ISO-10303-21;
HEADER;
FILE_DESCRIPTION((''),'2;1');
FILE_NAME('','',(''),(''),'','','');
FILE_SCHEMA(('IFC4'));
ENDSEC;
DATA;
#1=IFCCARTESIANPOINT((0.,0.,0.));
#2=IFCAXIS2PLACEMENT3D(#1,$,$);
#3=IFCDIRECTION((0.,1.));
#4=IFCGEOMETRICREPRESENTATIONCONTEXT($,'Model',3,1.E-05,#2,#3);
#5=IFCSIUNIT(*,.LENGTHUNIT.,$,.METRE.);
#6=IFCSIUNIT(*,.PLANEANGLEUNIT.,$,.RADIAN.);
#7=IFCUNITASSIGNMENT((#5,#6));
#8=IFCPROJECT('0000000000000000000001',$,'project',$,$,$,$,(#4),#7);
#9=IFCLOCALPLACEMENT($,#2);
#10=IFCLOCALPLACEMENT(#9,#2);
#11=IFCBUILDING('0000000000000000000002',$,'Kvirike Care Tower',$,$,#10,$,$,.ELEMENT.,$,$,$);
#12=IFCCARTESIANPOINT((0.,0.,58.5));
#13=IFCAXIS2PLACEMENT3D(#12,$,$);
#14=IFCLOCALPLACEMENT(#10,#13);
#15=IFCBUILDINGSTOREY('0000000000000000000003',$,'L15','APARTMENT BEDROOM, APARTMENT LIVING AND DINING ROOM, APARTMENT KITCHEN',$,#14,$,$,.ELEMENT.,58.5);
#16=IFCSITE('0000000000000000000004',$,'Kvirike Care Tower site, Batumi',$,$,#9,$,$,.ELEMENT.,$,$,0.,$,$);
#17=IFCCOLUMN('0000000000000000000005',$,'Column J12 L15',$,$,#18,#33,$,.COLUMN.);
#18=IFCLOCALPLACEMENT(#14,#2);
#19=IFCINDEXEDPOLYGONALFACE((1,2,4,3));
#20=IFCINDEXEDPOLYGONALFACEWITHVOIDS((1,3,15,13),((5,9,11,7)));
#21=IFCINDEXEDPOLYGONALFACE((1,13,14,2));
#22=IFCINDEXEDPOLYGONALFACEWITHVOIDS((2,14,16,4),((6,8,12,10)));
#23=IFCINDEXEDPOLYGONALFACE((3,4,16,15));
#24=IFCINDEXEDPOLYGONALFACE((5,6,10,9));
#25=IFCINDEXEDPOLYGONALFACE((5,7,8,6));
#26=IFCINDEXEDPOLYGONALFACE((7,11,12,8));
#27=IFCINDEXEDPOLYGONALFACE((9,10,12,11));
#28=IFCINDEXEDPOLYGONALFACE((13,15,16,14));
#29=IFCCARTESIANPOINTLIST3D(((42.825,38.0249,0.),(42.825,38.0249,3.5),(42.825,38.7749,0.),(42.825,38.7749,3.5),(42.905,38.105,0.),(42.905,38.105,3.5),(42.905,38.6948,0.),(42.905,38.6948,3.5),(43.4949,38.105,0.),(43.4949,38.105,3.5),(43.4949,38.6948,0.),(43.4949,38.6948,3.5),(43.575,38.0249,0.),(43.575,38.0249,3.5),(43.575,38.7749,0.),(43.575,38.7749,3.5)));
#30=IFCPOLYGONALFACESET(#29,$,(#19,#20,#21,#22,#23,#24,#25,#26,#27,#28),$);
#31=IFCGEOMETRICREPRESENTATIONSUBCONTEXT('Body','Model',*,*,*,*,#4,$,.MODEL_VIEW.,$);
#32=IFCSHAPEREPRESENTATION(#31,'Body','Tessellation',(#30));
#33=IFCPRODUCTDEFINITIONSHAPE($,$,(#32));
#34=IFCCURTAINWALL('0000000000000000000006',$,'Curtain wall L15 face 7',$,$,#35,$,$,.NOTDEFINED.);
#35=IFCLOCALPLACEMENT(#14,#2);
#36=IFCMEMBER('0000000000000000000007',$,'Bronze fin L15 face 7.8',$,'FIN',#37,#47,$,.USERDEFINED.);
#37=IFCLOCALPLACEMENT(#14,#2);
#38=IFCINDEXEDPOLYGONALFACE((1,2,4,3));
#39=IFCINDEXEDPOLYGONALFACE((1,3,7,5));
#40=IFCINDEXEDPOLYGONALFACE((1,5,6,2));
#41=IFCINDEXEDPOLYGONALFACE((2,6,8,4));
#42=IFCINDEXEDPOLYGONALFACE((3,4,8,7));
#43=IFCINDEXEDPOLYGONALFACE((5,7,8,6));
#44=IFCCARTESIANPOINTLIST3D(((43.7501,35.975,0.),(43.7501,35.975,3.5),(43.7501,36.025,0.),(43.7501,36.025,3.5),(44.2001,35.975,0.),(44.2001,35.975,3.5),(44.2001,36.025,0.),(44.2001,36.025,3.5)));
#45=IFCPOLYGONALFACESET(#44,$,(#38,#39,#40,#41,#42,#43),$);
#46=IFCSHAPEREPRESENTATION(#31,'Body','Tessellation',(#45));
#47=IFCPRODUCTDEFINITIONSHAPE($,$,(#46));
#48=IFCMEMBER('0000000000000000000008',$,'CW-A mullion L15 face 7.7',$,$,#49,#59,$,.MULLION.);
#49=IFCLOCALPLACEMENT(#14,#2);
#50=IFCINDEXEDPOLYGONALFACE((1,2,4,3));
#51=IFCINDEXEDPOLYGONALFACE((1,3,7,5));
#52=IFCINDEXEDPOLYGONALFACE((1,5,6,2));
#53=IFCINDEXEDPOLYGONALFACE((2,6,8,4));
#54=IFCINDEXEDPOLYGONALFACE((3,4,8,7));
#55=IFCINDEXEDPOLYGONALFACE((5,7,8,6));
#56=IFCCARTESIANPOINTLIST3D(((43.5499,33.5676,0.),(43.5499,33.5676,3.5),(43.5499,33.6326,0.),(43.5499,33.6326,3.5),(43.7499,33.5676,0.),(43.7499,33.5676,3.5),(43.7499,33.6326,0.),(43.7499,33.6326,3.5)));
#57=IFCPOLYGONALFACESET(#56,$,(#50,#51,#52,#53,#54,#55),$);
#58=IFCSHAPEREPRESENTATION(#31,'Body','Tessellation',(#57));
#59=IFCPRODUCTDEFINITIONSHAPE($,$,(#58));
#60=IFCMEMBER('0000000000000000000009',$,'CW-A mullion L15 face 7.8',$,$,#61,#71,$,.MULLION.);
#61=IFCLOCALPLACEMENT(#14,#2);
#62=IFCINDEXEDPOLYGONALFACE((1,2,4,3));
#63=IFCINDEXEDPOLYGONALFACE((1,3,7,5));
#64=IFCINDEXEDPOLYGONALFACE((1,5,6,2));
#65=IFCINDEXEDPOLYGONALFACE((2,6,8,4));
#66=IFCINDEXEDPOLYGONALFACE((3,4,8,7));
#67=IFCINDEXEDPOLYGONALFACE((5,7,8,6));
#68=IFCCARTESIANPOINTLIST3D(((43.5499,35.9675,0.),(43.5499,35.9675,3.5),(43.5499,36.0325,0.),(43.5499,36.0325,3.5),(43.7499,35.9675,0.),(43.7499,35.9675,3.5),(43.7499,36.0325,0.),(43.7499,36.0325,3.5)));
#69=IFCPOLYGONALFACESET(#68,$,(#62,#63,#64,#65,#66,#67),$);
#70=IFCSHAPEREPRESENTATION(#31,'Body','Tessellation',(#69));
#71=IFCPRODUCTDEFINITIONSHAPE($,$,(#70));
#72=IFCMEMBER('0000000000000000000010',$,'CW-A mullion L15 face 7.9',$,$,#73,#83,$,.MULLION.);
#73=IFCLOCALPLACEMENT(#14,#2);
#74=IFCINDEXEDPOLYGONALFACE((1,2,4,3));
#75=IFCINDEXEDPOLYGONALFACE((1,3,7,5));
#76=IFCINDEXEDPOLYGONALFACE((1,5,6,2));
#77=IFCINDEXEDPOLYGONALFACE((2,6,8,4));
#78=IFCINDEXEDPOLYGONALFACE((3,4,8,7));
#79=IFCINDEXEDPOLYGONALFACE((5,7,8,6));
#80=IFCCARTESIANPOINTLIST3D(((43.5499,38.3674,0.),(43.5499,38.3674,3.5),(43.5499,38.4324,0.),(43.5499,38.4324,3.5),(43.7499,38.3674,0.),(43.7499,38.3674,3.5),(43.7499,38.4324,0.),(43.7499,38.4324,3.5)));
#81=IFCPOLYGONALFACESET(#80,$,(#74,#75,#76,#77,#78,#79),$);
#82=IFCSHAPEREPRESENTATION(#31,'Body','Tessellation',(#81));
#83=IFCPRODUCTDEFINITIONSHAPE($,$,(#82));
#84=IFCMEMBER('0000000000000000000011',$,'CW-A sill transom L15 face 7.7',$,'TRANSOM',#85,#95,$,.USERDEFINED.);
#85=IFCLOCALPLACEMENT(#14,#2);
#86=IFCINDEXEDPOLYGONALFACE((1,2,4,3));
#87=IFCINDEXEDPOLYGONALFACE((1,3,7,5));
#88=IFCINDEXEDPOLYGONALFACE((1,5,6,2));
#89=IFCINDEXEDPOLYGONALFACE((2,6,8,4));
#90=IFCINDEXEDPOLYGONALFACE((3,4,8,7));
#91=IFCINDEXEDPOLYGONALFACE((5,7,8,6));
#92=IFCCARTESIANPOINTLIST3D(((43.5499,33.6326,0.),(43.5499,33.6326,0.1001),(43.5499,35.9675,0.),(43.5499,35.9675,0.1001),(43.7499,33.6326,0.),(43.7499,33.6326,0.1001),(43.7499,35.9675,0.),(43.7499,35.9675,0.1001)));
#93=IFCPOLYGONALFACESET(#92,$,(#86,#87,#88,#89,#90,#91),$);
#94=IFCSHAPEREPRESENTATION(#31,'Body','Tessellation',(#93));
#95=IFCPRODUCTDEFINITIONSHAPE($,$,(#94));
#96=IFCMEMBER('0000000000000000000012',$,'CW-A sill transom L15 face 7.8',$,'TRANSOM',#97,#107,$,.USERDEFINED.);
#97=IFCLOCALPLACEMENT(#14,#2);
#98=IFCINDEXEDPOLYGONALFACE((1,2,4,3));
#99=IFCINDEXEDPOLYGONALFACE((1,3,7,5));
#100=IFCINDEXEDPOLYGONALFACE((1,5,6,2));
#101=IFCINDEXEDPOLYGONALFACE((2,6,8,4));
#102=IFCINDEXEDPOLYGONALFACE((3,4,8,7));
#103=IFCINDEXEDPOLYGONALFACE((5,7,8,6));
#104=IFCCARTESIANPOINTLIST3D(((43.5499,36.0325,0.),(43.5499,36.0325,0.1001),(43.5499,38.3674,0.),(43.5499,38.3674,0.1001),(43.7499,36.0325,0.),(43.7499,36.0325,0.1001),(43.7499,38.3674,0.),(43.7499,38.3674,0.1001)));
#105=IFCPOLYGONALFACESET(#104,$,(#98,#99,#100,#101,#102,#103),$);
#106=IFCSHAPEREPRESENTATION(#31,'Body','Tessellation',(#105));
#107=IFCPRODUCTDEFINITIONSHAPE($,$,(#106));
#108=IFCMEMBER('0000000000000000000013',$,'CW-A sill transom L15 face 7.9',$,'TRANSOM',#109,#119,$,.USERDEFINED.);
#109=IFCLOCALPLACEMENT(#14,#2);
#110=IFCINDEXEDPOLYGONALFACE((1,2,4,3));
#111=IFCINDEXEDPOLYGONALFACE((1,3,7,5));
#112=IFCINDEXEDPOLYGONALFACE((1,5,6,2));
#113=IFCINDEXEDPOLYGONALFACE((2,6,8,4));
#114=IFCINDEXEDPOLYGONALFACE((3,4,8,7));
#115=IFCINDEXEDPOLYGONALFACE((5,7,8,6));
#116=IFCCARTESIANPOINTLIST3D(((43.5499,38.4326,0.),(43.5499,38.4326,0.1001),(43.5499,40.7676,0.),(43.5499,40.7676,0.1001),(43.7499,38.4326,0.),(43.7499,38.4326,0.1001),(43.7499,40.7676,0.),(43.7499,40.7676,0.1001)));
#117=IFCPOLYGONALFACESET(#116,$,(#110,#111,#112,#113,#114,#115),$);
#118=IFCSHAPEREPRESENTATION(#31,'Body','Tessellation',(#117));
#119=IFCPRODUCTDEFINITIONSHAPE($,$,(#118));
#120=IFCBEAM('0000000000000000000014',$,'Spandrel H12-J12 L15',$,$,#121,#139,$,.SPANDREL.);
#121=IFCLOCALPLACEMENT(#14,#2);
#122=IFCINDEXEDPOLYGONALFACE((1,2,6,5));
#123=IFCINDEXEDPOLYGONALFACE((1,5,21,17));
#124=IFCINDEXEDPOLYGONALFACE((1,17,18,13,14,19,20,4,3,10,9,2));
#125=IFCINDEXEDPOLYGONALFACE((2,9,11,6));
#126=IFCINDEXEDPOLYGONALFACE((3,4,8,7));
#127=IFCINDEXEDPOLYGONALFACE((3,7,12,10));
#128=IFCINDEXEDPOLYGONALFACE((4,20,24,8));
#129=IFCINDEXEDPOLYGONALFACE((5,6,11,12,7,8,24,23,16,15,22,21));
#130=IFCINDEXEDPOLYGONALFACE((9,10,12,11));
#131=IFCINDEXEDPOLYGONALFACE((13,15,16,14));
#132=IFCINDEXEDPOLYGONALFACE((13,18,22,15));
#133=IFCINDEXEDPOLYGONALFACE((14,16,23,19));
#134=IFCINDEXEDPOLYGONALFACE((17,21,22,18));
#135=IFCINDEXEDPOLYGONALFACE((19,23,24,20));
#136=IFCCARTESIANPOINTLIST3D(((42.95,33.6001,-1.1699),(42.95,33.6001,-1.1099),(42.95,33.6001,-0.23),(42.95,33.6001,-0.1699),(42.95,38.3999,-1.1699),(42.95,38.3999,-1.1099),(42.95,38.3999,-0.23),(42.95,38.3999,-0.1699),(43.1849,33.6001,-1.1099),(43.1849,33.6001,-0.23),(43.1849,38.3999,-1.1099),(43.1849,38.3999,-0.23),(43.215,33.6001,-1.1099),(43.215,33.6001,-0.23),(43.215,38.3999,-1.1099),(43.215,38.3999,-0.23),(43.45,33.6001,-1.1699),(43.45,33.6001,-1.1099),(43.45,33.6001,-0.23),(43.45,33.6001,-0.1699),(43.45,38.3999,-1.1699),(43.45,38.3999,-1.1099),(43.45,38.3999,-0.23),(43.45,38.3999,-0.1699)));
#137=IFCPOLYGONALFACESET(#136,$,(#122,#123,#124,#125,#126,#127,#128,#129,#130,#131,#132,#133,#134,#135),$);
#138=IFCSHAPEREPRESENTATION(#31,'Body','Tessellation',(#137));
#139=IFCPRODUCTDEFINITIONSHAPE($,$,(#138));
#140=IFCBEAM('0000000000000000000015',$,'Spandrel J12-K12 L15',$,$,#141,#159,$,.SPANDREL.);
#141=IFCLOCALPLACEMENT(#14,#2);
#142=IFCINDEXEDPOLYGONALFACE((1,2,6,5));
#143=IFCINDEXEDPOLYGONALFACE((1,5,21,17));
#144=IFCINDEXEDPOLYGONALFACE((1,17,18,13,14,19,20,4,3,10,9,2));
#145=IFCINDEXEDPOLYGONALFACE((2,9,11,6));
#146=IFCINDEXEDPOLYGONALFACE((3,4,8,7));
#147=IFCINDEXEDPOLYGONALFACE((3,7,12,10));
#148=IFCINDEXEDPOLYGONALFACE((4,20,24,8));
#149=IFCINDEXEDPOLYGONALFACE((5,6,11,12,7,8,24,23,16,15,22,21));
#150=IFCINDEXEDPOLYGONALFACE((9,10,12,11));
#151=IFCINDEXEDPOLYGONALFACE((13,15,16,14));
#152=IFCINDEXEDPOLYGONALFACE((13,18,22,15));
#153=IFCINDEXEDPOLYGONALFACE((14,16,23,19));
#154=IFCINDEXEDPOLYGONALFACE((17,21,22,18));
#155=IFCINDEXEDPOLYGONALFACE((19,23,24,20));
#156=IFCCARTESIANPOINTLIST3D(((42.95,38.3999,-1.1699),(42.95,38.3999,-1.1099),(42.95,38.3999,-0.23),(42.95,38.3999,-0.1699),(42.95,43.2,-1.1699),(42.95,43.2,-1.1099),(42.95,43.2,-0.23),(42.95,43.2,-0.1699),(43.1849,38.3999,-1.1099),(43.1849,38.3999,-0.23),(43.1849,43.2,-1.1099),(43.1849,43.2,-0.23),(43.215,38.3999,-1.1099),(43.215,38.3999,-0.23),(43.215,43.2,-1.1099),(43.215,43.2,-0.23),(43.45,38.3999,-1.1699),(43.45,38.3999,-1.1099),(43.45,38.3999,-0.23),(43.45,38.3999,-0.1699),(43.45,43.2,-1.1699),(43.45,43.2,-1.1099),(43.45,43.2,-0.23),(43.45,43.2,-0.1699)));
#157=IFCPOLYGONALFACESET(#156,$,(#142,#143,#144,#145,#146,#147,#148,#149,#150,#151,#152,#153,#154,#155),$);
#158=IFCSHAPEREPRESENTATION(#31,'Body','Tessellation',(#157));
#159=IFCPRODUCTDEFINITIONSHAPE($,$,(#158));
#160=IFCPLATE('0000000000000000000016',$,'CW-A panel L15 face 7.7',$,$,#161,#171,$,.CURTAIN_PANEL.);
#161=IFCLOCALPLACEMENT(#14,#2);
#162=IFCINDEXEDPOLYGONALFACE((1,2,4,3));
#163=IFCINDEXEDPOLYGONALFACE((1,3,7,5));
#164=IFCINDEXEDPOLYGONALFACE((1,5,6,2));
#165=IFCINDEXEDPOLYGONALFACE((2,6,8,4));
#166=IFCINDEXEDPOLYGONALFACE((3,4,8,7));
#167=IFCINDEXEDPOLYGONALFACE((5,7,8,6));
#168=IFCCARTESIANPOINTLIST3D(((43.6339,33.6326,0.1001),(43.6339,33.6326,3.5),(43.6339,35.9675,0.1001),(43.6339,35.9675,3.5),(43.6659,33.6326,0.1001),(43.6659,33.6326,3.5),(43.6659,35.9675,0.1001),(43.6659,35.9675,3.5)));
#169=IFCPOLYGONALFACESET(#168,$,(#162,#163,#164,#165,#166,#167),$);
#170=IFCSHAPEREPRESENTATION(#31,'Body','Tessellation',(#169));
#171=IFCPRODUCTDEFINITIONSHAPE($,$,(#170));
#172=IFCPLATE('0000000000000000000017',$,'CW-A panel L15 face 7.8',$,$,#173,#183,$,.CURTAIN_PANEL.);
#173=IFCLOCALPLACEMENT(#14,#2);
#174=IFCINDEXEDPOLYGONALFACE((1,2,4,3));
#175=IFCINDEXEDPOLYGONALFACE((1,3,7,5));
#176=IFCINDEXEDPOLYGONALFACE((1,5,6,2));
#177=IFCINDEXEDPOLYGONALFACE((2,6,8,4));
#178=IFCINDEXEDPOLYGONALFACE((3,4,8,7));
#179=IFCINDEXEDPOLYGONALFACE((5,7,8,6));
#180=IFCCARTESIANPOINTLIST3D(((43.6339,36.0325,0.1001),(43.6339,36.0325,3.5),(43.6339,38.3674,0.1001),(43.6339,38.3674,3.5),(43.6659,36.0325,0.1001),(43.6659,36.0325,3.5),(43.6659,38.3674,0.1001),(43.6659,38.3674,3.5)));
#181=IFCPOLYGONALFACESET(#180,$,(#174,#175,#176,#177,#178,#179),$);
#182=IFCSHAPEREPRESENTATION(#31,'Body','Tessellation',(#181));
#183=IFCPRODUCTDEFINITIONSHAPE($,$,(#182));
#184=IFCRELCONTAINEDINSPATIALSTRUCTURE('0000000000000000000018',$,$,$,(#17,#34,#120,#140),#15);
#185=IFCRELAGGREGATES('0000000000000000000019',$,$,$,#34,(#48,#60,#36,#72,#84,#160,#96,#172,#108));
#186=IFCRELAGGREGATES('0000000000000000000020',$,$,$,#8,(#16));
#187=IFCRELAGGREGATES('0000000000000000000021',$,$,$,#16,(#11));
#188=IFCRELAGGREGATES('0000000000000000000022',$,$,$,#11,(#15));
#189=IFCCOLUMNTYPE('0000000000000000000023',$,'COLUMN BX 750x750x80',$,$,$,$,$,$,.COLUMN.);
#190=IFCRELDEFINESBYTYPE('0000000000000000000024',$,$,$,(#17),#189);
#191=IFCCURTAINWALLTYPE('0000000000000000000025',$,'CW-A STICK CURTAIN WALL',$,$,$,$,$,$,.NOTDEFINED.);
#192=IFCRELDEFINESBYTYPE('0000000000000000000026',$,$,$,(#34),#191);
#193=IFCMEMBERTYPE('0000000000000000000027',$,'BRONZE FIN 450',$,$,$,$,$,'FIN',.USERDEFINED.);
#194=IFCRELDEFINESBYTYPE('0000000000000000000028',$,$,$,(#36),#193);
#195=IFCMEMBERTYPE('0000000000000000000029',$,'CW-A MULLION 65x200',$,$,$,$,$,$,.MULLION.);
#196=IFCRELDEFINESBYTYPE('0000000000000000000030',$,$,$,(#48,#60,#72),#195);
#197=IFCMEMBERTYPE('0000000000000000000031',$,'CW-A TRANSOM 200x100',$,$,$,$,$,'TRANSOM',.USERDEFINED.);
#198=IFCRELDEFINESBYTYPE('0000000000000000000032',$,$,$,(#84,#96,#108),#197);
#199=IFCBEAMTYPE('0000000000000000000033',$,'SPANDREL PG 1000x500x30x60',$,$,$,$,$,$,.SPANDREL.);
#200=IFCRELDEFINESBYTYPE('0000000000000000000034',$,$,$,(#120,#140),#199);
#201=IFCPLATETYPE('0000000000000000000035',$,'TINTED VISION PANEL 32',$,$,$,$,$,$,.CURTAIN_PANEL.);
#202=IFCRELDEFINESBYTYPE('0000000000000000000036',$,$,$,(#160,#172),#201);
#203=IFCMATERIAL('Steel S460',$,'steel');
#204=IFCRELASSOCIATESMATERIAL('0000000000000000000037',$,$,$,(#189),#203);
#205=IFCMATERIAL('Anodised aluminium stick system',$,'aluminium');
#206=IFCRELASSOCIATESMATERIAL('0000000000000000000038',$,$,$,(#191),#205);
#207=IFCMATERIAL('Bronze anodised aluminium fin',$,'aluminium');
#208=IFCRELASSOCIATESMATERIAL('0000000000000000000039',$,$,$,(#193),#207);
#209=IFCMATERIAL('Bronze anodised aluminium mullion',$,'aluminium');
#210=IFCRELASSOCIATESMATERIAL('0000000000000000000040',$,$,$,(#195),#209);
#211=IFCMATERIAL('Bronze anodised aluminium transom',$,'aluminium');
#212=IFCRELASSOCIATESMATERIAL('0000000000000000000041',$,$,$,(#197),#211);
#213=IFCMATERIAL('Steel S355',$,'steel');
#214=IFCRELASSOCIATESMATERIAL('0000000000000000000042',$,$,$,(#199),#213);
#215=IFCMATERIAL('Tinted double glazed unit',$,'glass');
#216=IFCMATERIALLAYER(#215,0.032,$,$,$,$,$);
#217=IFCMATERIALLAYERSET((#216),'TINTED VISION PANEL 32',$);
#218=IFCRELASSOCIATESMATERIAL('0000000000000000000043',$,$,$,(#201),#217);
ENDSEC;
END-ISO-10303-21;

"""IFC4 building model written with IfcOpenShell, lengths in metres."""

from ifc_helpers import new_model, si_unit, direction, frame, origin, origin_2d, place, context, subcontext, project, spatial, rectangle, hollow_rectangle, i_section, extrude, material, layer, layer_set, material_profile, profile_set, type_object, element, aggregate, save


model = new_model("IFC4")

# Units and contexts
model_context = context("Model", 3, precision=1e-05, world=origin(), true_north=direction((0.0, 1.0)))
body_context = subcontext(model_context, "Body", "Model", "MODEL_VIEW")
ifc_project = project(units=[si_unit("LENGTHUNIT", "METRE"), si_unit("PLANEANGLEUNIT", "RADIAN")], contexts=[model_context])

# Site, building, storey
site_placement = place(None, origin())
site = spatial("IfcSite", under=ifc_project, at=site_placement, Name="Kvirike Care Tower site, Batumi", CompositionType="ELEMENT", RefElevation=0.0)
building_placement = place(site_placement, origin())
building = spatial("IfcBuilding", under=site, at=building_placement, Name="Kvirike Care Tower", CompositionType="ELEMENT")
storey_placement = place(building_placement, frame((0.0, 0.0, 58.5)))
storey = spatial("IfcBuildingStorey", under=building, at=storey_placement, Name="L15", Description="APARTMENT BEDROOM, APARTMENT LIVING AND DINING ROOM, APARTMENT KITCHEN", CompositionType="ELEMENT", Elevation=58.5)

# Column
ifc_material_1 = material(Name="Steel S460", Category="steel")
ifc_material_profile_1 = material_profile(ifc_material_1, hollow_rectangle(XDim=0.75, YDim=0.75, WallThickness=0.0801, at=origin_2d()), Name="BX 750x750x80")
ifc_profile_set_1 = profile_set([ifc_material_profile_1], Name="Steel S460")
column_type = type_object("IfcColumnType", Name="COLUMN BX 750x750x80", PredefinedType="COLUMN", material=ifc_profile_set_1)
column_placement = place(storey_placement, frame((43.2, 38.3999, 0.0), z_axis=(0.0, 0.0, 1.0), x_axis=(1.0, 0.0, 0.0)))
element("IfcColumn", 1, at=column_placement, inside=storey, type_object=column_type, Name="Column J12 L15", PredefinedType="COLUMN", context=body_context, shape_type="SweptSolid", body=[
    extrude(hollow_rectangle(XDim=0.75, YDim=0.75, WallThickness=0.0801, at=origin_2d()), origin(), (0.0, 0.0, 1.0), 3.5),
])

# Curtain wall, members
ifc_material_2 = material(Name="Anodised aluminium stick system", Category="aluminium")
curtain_wall_type = type_object("IfcCurtainWallType", Name="CW-A STICK CURTAIN WALL", PredefinedType="NOTDEFINED", material=ifc_material_2)
curtain_wall_placement = place(storey_placement, origin())
curtain_wall = element("IfcCurtainWall", 2, at=curtain_wall_placement, inside=storey, type_object=curtain_wall_type, Name="Curtain wall L15 face 7", PredefinedType="NOTDEFINED")
ifc_material_3 = material(Name="Bronze anodised aluminium fin", Category="aluminium")
ifc_material_profile_2 = material_profile(ifc_material_3, rectangle(XDim=0.05, YDim=0.45, at=origin_2d()), Name="BRONZE FIN 450")
ifc_profile_set_2 = profile_set([ifc_material_profile_2], Name="Bronze anodised aluminium fin")
member_type_1 = type_object("IfcMemberType", Name="BRONZE FIN 450", ElementType="FIN", PredefinedType="USERDEFINED", material=ifc_profile_set_2)
member_1_placement = place(storey_placement, frame((43.9751, 36.0, 0.0), z_axis=(0.0, 0.0, 1.0), x_axis=(0.0, 1.0, 0.0)))
member_1 = element("IfcMember", 3, at=member_1_placement, type_object=member_type_1, Name="Bronze fin L15 face 7.8", ObjectType="FIN", PredefinedType="USERDEFINED", context=body_context, shape_type="SweptSolid", body=[
    extrude(rectangle(XDim=0.05, YDim=0.45, at=origin_2d()), origin(), (0.0, 0.0, 1.0), 3.5),
])
ifc_material_4 = material(Name="Bronze anodised aluminium mullion", Category="aluminium")
ifc_material_profile_3 = material_profile(ifc_material_4, rectangle(XDim=0.0649, YDim=0.2, at=origin_2d()), Name="CW-A MULLION 65x200")
ifc_profile_set_3 = profile_set([ifc_material_profile_3], Name="Bronze anodised aluminium mullion")
member_type_2 = type_object("IfcMemberType", Name="CW-A MULLION 65x200", PredefinedType="MULLION", material=ifc_profile_set_3)
member_2_placement = place(storey_placement, frame((43.6499, 33.6001, 0.0), z_axis=(0.0, 0.0, 1.0), x_axis=(0.0, 1.0, 0.0)))
member_2 = element("IfcMember", 4, at=member_2_placement, type_object=member_type_2, Name="CW-A mullion L15 face 7.7", PredefinedType="MULLION", context=body_context, shape_type="SweptSolid", body=[
    extrude(rectangle(XDim=0.0649, YDim=0.2, at=origin_2d()), origin(), (0.0, 0.0, 1.0), 3.5),
])
member_3_placement = place(storey_placement, frame((43.6499, 36.0, 0.0), z_axis=(0.0, 0.0, 1.0), x_axis=(0.0, 1.0, 0.0)))
member_3 = element("IfcMember", 5, at=member_3_placement, type_object=member_type_2, Name="CW-A mullion L15 face 7.8", PredefinedType="MULLION", context=body_context, shape_type="SweptSolid", body=[
    extrude(rectangle(XDim=0.0649, YDim=0.2, at=origin_2d()), origin(), (0.0, 0.0, 1.0), 3.5),
])
member_4_placement = place(storey_placement, frame((43.6499, 38.3999, 0.0), z_axis=(0.0, 0.0, 1.0), x_axis=(0.0, 1.0, 0.0)))
member_4 = element("IfcMember", 6, at=member_4_placement, type_object=member_type_2, Name="CW-A mullion L15 face 7.9", PredefinedType="MULLION", context=body_context, shape_type="SweptSolid", body=[
    extrude(rectangle(XDim=0.0649, YDim=0.2, at=origin_2d()), origin(), (0.0, 0.0, 1.0), 3.5),
])
ifc_material_5 = material(Name="Bronze anodised aluminium transom", Category="aluminium")
ifc_material_profile_4 = material_profile(ifc_material_5, rectangle(XDim=0.2, YDim=0.1001, at=origin_2d()), Name="CW-A TRANSOM 200x100")
ifc_profile_set_4 = profile_set([ifc_material_profile_4], Name="Bronze anodised aluminium transom")
member_type_3 = type_object("IfcMemberType", Name="CW-A TRANSOM 200x100", ElementType="TRANSOM", PredefinedType="USERDEFINED", material=ifc_profile_set_4)
member_5_placement = place(storey_placement, frame((43.6499, 33.6326, 0.05), z_axis=(0.0, 1.0, 0.0), x_axis=(-1.0, 0.0, 0.0)))
member_5 = element("IfcMember", 7, at=member_5_placement, type_object=member_type_3, Name="CW-A sill transom L15 face 7.7", ObjectType="TRANSOM", PredefinedType="USERDEFINED", context=body_context, shape_type="SweptSolid", body=[
    extrude(rectangle(XDim=0.2, YDim=0.1001, at=origin_2d()), origin(), (0.0, 0.0, 1.0), 2.335),
])
member_6_placement = place(storey_placement, frame((43.6499, 36.0325, 0.05), z_axis=(0.0, 1.0, 0.0), x_axis=(-1.0, 0.0, 0.0)))
member_6 = element("IfcMember", 8, at=member_6_placement, type_object=member_type_3, Name="CW-A sill transom L15 face 7.8", ObjectType="TRANSOM", PredefinedType="USERDEFINED", context=body_context, shape_type="SweptSolid", body=[
    extrude(rectangle(XDim=0.2, YDim=0.1001, at=origin_2d()), origin(), (0.0, 0.0, 1.0), 2.335),
])
member_7_placement = place(storey_placement, frame((43.6499, 38.4326, 0.05), z_axis=(0.0, 1.0, 0.0), x_axis=(-1.0, 0.0, 0.0)))
member_7 = element("IfcMember", 9, at=member_7_placement, type_object=member_type_3, Name="CW-A sill transom L15 face 7.9", ObjectType="TRANSOM", PredefinedType="USERDEFINED", context=body_context, shape_type="SweptSolid", body=[
    extrude(rectangle(XDim=0.2, YDim=0.1001, at=origin_2d()), origin(), (0.0, 0.0, 1.0), 2.335),
])

# Beams
ifc_material_6 = material(Name="Steel S355", Category="steel")
ifc_material_profile_5 = material_profile(ifc_material_6, i_section(OverallWidth=0.5, OverallDepth=1.0, WebThickness=0.03, FlangeThickness=0.0601, at=origin_2d()), Name="PG 1000x500x30x60")
ifc_profile_set_5 = profile_set([ifc_material_profile_5], Name="Steel S355")
beam_type = type_object("IfcBeamType", Name="SPANDREL PG 1000x500x30x60", PredefinedType="SPANDREL", material=ifc_profile_set_5)
beam_1_placement = place(storey_placement, frame((43.2, 33.6001, -0.6699), z_axis=(0.0, 1.0, 0.0), x_axis=(-1.0, 0.0, 0.0)))
element("IfcBeam", 10, at=beam_1_placement, inside=storey, type_object=beam_type, Name="Spandrel H12-J12 L15", PredefinedType="SPANDREL", context=body_context, shape_type="SweptSolid", body=[
    extrude(i_section(OverallWidth=0.5, OverallDepth=1.0, WebThickness=0.03, FlangeThickness=0.0601, at=origin_2d()), origin(), (0.0, 0.0, 1.0), 4.7998),
])
beam_2_placement = place(storey_placement, frame((43.2, 38.3999, -0.6699), z_axis=(0.0, 1.0, 0.0), x_axis=(-1.0, 0.0, 0.0)))
element("IfcBeam", 11, at=beam_2_placement, inside=storey, type_object=beam_type, Name="Spandrel J12-K12 L15", PredefinedType="SPANDREL", context=body_context, shape_type="SweptSolid", body=[
    extrude(i_section(OverallWidth=0.5, OverallDepth=1.0, WebThickness=0.03, FlangeThickness=0.0601, at=origin_2d()), origin(), (0.0, 0.0, 1.0), 4.8),
])

# Plates
ifc_material_7 = material(Name="Tinted double glazed unit", Category="glass")
ifc_layer_1 = layer(ifc_material_7, 0.032)
ifc_layer_set_1 = layer_set([ifc_layer_1], Name="TINTED VISION PANEL 32")
plate_type = type_object("IfcPlateType", Name="TINTED VISION PANEL 32", PredefinedType="CURTAIN_PANEL", material=ifc_layer_set_1)
plate_1_placement = place(storey_placement, frame((43.6499, 34.8, 0.1001), z_axis=(0.0, 0.0, 1.0), x_axis=(0.0, 1.0, 0.0)))
plate_1 = element("IfcPlate", 12, at=plate_1_placement, type_object=plate_type, Name="CW-A panel L15 face 7.7", PredefinedType="CURTAIN_PANEL", context=body_context, shape_type="SweptSolid", body=[
    extrude(rectangle(XDim=2.335, YDim=0.032, at=origin_2d()), origin(), (0.0, 0.0, 1.0), 3.3999),
])
plate_2_placement = place(storey_placement, frame((43.6499, 37.2, 0.1001), z_axis=(0.0, 0.0, 1.0), x_axis=(0.0, 1.0, 0.0)))
plate_2 = element("IfcPlate", 13, at=plate_2_placement, type_object=plate_type, Name="CW-A panel L15 face 7.8", PredefinedType="CURTAIN_PANEL", context=body_context, shape_type="SweptSolid", body=[
    extrude(rectangle(XDim=2.335, YDim=0.032, at=origin_2d()), origin(), (0.0, 0.0, 1.0), 3.3999),
])
aggregate(curtain_wall, [member_2, member_3, member_1, member_4, member_5, plate_1, member_6, plate_2, member_7])

save(model, "model.ifc")
